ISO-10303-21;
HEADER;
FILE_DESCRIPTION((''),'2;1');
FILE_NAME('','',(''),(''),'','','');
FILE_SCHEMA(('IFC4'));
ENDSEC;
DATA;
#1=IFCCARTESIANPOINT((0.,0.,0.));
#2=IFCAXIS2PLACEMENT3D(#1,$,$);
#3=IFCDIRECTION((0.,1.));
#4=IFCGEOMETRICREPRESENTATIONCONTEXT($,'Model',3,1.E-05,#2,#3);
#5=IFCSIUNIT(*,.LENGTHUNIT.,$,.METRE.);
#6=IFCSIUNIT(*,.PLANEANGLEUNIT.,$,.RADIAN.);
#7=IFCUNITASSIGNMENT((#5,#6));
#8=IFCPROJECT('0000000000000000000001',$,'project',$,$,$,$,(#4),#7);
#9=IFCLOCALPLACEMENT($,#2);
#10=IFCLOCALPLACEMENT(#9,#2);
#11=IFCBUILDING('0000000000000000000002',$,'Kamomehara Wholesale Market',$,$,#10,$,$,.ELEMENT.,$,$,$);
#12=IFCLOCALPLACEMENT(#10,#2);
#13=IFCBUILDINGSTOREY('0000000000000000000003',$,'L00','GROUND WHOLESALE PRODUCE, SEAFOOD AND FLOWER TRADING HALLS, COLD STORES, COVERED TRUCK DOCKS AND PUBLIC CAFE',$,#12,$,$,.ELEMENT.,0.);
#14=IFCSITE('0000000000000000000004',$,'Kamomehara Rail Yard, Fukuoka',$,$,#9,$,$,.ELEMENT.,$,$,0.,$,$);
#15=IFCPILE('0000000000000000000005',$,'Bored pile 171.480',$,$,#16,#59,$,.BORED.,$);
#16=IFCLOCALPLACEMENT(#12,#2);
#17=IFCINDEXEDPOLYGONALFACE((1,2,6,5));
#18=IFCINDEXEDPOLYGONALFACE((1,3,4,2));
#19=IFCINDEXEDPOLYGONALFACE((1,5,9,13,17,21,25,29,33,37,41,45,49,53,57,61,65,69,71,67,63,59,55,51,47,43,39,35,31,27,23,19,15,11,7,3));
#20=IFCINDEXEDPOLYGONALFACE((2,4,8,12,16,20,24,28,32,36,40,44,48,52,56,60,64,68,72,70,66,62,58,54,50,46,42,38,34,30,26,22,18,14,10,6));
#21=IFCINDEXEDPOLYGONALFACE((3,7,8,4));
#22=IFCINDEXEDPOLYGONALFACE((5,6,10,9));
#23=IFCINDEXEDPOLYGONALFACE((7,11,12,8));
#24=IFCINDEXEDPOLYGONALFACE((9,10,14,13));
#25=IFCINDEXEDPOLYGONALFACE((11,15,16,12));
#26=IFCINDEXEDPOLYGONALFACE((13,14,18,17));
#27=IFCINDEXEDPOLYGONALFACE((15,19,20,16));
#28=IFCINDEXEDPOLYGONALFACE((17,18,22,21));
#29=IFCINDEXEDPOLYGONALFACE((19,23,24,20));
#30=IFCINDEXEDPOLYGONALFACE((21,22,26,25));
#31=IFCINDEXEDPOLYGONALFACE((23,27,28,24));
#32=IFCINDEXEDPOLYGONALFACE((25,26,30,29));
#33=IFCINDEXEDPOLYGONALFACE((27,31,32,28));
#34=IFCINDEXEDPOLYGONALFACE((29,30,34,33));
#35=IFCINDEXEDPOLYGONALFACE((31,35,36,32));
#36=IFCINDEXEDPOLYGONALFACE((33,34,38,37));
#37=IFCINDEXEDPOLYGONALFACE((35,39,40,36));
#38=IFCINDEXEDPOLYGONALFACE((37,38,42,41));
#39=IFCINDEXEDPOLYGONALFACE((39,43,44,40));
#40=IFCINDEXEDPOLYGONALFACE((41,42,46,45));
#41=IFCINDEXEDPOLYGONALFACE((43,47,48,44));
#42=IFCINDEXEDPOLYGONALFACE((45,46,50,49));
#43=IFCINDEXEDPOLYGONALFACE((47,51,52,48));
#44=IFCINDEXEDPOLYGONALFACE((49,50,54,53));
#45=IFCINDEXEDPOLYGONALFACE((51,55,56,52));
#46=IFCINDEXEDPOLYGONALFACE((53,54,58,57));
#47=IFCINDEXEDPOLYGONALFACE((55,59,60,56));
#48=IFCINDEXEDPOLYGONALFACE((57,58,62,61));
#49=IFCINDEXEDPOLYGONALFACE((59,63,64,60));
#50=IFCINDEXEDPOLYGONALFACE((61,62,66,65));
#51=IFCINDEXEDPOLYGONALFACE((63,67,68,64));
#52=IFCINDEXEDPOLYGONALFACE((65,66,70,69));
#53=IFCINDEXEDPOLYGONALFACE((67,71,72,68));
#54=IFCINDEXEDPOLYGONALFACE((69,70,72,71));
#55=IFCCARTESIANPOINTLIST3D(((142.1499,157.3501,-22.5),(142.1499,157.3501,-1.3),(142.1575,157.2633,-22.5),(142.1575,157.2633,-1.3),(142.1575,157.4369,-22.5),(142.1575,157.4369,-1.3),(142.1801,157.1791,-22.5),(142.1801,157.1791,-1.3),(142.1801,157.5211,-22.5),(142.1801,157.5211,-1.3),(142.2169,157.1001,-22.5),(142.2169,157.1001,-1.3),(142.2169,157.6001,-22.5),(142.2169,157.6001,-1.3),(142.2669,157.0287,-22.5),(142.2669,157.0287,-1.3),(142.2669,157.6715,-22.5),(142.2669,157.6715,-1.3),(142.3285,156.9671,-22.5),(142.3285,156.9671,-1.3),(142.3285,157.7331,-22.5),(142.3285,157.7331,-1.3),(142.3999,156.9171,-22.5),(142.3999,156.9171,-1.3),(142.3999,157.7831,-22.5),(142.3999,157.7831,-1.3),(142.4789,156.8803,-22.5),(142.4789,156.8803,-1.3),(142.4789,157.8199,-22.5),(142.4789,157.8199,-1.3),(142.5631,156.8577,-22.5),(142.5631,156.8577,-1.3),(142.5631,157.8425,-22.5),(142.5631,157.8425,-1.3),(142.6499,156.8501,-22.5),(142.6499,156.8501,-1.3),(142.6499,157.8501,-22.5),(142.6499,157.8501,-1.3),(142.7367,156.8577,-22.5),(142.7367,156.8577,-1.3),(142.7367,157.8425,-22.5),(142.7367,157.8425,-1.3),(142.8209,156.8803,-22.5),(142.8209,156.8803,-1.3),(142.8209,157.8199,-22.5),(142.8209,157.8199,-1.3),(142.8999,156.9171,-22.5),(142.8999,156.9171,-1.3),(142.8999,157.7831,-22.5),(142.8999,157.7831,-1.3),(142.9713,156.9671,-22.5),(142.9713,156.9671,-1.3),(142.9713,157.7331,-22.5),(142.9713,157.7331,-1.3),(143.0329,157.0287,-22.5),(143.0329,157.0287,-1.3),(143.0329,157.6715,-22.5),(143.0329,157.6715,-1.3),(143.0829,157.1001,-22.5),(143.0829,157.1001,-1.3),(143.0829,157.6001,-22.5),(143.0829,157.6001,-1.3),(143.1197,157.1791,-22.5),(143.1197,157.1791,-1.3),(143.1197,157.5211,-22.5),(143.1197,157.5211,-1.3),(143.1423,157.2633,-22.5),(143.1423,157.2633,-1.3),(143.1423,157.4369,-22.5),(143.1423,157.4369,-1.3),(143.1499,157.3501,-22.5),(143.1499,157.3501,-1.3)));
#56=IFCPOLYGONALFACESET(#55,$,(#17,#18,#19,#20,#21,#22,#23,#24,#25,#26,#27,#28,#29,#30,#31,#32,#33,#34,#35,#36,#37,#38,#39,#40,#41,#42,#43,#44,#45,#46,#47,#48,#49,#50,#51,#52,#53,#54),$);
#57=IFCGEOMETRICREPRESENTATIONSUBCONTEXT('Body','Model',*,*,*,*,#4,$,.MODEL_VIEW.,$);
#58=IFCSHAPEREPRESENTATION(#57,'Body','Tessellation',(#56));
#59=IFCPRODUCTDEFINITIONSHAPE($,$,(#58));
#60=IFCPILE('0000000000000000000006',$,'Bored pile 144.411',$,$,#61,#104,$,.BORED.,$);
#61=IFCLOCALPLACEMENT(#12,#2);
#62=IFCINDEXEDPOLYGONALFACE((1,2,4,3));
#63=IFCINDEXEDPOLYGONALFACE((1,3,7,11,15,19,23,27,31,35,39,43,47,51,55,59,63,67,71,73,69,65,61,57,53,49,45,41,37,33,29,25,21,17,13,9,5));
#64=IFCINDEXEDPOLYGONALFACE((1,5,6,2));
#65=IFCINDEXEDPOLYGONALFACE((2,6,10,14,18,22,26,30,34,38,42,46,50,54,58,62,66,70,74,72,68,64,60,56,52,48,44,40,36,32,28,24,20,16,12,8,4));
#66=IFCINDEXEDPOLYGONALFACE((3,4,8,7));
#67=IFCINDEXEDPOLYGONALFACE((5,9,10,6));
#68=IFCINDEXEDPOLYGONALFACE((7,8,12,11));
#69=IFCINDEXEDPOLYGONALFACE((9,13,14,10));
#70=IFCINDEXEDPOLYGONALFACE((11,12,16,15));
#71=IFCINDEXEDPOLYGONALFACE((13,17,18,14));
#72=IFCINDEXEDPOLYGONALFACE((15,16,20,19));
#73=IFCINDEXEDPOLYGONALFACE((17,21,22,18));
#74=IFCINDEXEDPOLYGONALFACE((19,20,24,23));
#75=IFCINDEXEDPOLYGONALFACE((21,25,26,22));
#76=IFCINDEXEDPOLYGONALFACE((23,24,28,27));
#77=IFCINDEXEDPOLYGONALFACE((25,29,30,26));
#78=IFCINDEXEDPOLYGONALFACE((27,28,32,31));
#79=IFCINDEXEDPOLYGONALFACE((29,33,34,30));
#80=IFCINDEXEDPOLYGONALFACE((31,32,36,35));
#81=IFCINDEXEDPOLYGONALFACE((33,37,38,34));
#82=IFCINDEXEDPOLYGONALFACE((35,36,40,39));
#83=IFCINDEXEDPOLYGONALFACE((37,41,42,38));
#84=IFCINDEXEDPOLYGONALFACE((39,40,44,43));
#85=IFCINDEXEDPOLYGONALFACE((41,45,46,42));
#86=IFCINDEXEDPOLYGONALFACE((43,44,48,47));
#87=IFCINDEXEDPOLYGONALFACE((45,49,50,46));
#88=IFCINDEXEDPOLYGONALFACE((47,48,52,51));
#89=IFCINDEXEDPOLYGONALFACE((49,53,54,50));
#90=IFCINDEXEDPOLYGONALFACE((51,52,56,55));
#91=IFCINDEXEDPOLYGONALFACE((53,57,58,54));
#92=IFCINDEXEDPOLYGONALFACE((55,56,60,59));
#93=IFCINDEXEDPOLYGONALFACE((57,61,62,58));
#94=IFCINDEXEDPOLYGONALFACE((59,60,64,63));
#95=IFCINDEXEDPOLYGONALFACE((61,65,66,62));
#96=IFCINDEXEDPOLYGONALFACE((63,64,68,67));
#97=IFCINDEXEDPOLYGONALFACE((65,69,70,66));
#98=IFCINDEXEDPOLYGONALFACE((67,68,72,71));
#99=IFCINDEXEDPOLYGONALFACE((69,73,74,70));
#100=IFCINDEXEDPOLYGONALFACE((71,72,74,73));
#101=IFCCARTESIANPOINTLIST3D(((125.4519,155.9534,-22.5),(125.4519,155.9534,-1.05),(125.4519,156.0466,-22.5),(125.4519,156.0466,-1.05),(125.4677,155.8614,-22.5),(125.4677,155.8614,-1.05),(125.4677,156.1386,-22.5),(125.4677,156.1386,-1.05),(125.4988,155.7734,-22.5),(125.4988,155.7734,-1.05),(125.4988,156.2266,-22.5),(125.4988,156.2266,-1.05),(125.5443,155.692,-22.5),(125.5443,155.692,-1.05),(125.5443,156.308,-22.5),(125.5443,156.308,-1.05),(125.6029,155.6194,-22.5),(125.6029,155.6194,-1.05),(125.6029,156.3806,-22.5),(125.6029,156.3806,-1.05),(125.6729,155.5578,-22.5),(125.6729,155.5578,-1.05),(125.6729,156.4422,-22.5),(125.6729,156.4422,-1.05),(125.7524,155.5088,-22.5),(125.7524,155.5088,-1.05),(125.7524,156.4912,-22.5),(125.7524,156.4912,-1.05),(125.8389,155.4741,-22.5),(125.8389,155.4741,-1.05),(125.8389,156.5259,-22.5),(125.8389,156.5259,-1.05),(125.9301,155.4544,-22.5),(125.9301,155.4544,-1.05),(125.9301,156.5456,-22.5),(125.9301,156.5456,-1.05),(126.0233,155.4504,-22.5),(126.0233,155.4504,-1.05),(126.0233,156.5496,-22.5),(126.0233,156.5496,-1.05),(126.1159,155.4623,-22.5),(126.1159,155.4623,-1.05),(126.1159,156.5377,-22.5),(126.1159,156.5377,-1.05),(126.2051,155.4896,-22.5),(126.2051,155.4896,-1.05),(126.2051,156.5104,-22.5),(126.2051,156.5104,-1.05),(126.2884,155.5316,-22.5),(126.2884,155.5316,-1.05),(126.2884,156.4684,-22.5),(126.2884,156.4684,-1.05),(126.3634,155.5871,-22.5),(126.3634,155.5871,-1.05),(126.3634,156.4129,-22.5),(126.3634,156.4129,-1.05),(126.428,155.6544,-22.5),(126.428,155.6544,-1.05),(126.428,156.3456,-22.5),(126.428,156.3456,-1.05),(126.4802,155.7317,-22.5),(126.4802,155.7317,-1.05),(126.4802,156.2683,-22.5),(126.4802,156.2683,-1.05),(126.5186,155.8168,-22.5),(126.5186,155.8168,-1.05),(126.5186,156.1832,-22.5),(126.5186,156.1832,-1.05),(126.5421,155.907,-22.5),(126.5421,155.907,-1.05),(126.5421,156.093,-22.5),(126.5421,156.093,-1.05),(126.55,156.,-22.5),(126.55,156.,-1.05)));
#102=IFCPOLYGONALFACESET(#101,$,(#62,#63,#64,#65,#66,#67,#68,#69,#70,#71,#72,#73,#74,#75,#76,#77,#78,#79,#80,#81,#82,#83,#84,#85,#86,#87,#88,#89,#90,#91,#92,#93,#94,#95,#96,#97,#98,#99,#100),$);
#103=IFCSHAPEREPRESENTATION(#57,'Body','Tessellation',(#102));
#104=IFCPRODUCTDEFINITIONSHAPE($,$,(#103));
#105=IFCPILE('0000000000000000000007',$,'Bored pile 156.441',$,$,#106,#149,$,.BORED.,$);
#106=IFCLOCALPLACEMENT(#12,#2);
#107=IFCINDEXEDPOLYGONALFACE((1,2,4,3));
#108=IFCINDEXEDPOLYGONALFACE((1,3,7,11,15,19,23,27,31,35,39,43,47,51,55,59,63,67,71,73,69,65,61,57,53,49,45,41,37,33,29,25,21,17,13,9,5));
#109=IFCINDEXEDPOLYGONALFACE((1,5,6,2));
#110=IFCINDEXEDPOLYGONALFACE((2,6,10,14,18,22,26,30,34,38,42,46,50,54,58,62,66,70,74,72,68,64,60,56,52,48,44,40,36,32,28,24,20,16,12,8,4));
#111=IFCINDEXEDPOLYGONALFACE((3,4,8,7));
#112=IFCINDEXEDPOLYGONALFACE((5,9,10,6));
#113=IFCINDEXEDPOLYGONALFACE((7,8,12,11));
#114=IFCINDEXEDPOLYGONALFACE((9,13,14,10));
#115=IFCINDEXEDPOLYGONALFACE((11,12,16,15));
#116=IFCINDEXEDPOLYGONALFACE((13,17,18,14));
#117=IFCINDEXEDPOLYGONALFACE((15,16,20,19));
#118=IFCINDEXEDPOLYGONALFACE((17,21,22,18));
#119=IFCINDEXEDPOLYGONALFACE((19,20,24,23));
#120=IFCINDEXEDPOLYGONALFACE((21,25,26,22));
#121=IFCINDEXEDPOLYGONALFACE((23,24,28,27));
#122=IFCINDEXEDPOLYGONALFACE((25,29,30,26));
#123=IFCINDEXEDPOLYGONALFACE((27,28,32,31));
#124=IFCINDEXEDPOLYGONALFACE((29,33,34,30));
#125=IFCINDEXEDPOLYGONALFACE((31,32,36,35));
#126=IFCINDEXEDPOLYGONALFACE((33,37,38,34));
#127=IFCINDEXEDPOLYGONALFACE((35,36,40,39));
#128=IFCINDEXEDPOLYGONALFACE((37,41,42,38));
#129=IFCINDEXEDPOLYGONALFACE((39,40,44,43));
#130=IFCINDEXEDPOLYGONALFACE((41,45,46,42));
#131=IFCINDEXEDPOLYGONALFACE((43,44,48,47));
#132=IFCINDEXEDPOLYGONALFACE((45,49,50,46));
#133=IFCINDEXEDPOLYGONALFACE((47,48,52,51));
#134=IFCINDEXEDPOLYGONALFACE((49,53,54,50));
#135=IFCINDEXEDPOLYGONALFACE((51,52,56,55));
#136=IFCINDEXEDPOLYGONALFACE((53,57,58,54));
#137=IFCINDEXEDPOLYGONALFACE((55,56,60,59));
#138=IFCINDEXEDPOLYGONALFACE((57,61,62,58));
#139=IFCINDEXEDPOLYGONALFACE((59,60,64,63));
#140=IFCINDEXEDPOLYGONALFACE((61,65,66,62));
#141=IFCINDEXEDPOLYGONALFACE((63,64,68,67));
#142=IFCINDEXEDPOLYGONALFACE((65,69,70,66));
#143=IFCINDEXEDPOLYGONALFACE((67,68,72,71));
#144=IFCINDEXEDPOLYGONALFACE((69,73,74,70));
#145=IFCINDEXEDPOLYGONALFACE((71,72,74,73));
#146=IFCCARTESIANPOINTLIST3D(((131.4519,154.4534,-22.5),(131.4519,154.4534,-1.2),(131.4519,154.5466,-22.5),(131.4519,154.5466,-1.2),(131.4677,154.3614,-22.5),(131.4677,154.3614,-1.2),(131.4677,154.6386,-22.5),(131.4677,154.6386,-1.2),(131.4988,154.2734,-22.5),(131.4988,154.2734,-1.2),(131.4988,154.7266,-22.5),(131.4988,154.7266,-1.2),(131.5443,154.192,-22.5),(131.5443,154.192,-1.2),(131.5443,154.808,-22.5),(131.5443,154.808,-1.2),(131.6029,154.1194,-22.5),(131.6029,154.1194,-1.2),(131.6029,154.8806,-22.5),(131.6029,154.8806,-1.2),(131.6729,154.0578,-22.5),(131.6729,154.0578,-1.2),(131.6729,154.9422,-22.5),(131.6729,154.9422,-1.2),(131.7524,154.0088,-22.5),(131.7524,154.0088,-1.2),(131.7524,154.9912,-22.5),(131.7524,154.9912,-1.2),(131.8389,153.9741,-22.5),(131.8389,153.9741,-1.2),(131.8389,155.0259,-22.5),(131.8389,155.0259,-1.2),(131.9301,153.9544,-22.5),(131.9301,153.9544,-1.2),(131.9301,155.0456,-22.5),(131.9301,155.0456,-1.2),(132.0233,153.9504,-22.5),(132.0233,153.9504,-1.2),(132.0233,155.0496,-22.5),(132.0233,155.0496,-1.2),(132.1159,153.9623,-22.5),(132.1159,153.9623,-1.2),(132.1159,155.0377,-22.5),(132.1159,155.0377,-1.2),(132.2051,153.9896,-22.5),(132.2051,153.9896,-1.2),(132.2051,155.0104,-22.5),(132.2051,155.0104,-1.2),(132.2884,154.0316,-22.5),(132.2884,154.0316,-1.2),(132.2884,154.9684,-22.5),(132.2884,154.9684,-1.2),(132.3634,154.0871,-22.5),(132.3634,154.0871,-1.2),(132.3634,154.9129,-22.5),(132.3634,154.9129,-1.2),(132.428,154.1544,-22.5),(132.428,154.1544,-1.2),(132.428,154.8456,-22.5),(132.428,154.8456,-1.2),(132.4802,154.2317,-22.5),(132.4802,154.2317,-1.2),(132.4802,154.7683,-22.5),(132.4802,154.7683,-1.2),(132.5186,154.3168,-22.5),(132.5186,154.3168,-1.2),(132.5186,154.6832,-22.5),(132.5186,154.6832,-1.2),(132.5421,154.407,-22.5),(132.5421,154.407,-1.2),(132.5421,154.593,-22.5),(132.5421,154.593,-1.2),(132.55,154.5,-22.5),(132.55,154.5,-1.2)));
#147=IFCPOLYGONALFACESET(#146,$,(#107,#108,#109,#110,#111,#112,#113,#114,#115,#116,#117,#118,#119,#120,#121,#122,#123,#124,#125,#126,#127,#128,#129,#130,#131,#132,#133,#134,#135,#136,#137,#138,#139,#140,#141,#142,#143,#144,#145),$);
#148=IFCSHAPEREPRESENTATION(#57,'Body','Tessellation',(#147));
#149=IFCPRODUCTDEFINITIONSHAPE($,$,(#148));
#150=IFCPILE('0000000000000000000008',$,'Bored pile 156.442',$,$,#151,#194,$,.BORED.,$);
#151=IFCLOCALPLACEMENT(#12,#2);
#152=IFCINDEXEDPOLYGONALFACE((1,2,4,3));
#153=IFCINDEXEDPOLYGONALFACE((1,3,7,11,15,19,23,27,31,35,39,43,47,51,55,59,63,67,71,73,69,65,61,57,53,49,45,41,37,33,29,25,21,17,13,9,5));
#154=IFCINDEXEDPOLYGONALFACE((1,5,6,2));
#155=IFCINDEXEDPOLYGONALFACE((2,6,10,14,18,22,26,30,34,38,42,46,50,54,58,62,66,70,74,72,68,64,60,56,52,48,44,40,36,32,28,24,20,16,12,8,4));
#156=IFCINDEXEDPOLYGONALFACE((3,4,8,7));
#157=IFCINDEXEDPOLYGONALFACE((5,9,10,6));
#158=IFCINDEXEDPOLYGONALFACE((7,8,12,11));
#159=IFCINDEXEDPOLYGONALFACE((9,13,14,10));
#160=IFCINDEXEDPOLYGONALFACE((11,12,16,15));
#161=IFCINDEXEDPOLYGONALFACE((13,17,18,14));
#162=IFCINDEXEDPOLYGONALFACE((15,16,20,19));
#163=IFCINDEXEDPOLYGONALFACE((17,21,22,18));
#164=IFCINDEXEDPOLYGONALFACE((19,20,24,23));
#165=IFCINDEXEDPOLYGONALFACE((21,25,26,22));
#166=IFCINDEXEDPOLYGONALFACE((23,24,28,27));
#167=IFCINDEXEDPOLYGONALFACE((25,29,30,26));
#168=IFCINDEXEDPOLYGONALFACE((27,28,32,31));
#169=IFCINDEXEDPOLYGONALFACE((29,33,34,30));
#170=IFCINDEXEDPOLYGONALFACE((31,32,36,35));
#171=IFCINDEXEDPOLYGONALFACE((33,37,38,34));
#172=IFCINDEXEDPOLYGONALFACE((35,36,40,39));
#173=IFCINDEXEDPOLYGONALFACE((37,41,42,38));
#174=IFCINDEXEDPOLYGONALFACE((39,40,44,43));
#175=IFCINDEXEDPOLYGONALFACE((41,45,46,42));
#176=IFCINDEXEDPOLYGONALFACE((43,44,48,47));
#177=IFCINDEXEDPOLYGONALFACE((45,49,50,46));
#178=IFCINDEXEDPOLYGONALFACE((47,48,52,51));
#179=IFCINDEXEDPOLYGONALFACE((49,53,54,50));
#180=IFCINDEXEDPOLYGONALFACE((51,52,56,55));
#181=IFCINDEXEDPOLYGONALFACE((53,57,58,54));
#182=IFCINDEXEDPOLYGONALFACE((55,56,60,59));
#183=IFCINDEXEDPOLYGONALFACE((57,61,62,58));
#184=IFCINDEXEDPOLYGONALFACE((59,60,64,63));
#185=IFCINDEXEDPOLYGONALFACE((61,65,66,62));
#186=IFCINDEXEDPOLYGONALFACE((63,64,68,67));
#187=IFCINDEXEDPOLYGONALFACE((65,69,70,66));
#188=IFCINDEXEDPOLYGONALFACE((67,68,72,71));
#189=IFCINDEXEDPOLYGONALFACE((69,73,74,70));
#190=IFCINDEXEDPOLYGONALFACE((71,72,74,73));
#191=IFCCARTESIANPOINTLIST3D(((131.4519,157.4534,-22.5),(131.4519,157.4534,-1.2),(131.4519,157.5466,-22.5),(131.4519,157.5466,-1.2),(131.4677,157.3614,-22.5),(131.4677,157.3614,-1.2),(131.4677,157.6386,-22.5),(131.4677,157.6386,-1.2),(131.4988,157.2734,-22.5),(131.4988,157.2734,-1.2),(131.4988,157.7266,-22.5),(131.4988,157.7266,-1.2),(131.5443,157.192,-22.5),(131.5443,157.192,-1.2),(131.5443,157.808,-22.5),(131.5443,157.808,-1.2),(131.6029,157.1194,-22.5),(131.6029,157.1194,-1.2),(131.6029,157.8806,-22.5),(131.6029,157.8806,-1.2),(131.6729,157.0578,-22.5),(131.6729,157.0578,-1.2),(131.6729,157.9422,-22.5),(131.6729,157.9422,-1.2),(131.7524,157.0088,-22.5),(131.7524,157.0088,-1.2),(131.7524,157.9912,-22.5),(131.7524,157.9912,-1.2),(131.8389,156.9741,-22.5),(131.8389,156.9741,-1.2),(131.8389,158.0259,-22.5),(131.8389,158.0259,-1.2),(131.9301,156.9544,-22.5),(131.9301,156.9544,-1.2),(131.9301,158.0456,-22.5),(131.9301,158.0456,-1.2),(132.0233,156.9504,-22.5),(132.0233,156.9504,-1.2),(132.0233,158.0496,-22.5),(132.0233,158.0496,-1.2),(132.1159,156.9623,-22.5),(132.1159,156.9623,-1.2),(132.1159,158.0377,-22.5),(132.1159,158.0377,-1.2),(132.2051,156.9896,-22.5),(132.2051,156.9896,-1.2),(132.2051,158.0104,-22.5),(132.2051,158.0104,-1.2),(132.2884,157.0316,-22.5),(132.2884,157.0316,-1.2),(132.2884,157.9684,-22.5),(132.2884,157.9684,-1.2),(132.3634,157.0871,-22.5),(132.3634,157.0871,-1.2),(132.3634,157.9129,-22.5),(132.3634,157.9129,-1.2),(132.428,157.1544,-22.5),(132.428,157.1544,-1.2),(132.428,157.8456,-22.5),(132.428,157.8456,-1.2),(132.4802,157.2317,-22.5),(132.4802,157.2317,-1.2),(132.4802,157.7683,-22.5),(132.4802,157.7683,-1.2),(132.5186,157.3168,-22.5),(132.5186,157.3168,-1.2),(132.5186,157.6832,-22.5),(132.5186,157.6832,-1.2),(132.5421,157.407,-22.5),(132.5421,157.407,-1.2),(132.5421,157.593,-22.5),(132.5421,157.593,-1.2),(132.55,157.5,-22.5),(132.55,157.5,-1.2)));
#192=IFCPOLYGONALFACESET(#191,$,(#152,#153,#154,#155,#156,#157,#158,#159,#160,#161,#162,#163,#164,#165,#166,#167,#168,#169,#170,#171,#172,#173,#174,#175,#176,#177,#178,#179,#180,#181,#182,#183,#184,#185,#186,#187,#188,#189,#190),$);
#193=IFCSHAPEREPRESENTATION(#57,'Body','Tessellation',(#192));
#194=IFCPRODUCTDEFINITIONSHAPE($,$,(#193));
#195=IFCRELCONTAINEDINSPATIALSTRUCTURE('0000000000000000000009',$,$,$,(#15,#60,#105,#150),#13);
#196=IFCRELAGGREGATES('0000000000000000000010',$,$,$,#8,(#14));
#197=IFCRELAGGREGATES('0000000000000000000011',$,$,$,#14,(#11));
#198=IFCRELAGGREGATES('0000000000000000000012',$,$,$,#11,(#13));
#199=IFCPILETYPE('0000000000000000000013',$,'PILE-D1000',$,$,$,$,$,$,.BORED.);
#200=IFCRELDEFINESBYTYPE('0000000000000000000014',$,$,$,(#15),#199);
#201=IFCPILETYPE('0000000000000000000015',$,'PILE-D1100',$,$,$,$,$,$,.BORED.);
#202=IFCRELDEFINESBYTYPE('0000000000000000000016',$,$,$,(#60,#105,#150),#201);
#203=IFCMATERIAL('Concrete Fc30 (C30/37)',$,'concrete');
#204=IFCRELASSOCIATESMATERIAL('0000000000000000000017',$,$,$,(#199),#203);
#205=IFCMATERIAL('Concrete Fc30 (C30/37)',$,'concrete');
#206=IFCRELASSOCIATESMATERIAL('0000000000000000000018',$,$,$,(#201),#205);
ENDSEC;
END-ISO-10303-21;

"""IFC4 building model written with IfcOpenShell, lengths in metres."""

from ifc_helpers import new_model, si_unit, direction, frame, origin, origin_2d, place, context, subcontext, project, spatial, circle, extrude, material, material_profile, profile_set, type_object, element, save


model = new_model("IFC4")

# Units and contexts
model_context = context("Model", 3, precision=1e-05, world=origin(), true_north=direction((0.0, 1.0)))
body_context = subcontext(model_context, "Body", "Model", "MODEL_VIEW")
ifc_project = project(units=[si_unit("LENGTHUNIT", "METRE"), si_unit("PLANEANGLEUNIT", "RADIAN")], contexts=[model_context])

# Site, building, storey
site_placement = place(None, origin())
site = spatial("IfcSite", under=ifc_project, at=site_placement, Name="Kamomehara Rail Yard, Fukuoka", CompositionType="ELEMENT", RefElevation=0.0)
building_placement = place(site_placement, origin())
building = spatial("IfcBuilding", under=site, at=building_placement, Name="Kamomehara Wholesale Market", CompositionType="ELEMENT")
storey_placement = place(building_placement, origin())
storey = spatial("IfcBuildingStorey", under=building, at=storey_placement, Name="L00", Description="GROUND WHOLESALE PRODUCE, SEAFOOD AND FLOWER TRADING HALLS, COLD STORES, COVERED TRUCK DOCKS AND PUBLIC CAFE", CompositionType="ELEMENT", Elevation=0.0)

# Piles
ifc_material_1 = material(Name="Concrete Fc30 (C30/37)", Category="concrete")
ifc_material_profile_1 = material_profile(ifc_material_1, circle(Radius=0.5, at=origin_2d()), Name="RC-PILE-D1000")
ifc_profile_set_1 = profile_set([ifc_material_profile_1], Name="Concrete Fc30 (C30/37)")
pile_type_1 = type_object("IfcPileType", Name="PILE-D1000", PredefinedType="BORED", material=ifc_profile_set_1)
for number, where, z_axis, x_axis, name in (
    (1, (142.6499, 157.3501, -1.3), (0.0, 0.0, -1.0), (1.0, 0.0, 0.0), "Bored pile 171.480"),
):
    element("IfcPile", number, at=place(storey_placement, frame(where, z_axis=z_axis, x_axis=x_axis)), inside=storey, type_object=pile_type_1, Name=name, PredefinedType="BORED", context=body_context, shape_type="SweptSolid", body=[
        extrude(circle(Radius=0.5, at=origin_2d()), origin(), (0.0, 0.0, 1.0), 21.2),
    ])
ifc_material_2 = material(Name="Concrete Fc30 (C30/37)", Category="concrete")
ifc_material_profile_2 = material_profile(ifc_material_2, circle(Radius=0.55, at=origin_2d()), Name="RC-PILE-D1100")
ifc_profile_set_2 = profile_set([ifc_material_profile_2], Name="Concrete Fc30 (C30/37)")
pile_type_2 = type_object("IfcPileType", Name="PILE-D1100", PredefinedType="BORED", material=ifc_profile_set_2)
pile_1_placement = place(storey_placement, frame((126.0, 156.0, -1.05), z_axis=(0.0, 0.0, -1.0), x_axis=(1.0, 0.0, 0.0)))
element("IfcPile", 2, at=pile_1_placement, inside=storey, type_object=pile_type_2, Name="Bored pile 144.411", PredefinedType="BORED", context=body_context, shape_type="SweptSolid", body=[
    extrude(circle(Radius=0.55, at=origin_2d()), origin(), (0.0, 0.0, 1.0), 21.45),
])
for number, where, z_axis, x_axis, name in (
    (3, (132.0, 154.5, -1.2), (0.0, 0.0, -1.0), (1.0, 0.0, 0.0), "Bored pile 156.441"),
    (4, (132.0, 157.5, -1.2), (0.0, 0.0, -1.0), (1.0, 0.0, 0.0), "Bored pile 156.442"),
):
    element("IfcPile", number, at=place(storey_placement, frame(where, z_axis=z_axis, x_axis=x_axis)), inside=storey, type_object=pile_type_2, Name=name, PredefinedType="BORED", context=body_context, shape_type="SweptSolid", body=[
        extrude(circle(Radius=0.55, at=origin_2d()), origin(), (0.0, 0.0, 1.0), 21.3),
    ])

save(model, "model.ifc")
